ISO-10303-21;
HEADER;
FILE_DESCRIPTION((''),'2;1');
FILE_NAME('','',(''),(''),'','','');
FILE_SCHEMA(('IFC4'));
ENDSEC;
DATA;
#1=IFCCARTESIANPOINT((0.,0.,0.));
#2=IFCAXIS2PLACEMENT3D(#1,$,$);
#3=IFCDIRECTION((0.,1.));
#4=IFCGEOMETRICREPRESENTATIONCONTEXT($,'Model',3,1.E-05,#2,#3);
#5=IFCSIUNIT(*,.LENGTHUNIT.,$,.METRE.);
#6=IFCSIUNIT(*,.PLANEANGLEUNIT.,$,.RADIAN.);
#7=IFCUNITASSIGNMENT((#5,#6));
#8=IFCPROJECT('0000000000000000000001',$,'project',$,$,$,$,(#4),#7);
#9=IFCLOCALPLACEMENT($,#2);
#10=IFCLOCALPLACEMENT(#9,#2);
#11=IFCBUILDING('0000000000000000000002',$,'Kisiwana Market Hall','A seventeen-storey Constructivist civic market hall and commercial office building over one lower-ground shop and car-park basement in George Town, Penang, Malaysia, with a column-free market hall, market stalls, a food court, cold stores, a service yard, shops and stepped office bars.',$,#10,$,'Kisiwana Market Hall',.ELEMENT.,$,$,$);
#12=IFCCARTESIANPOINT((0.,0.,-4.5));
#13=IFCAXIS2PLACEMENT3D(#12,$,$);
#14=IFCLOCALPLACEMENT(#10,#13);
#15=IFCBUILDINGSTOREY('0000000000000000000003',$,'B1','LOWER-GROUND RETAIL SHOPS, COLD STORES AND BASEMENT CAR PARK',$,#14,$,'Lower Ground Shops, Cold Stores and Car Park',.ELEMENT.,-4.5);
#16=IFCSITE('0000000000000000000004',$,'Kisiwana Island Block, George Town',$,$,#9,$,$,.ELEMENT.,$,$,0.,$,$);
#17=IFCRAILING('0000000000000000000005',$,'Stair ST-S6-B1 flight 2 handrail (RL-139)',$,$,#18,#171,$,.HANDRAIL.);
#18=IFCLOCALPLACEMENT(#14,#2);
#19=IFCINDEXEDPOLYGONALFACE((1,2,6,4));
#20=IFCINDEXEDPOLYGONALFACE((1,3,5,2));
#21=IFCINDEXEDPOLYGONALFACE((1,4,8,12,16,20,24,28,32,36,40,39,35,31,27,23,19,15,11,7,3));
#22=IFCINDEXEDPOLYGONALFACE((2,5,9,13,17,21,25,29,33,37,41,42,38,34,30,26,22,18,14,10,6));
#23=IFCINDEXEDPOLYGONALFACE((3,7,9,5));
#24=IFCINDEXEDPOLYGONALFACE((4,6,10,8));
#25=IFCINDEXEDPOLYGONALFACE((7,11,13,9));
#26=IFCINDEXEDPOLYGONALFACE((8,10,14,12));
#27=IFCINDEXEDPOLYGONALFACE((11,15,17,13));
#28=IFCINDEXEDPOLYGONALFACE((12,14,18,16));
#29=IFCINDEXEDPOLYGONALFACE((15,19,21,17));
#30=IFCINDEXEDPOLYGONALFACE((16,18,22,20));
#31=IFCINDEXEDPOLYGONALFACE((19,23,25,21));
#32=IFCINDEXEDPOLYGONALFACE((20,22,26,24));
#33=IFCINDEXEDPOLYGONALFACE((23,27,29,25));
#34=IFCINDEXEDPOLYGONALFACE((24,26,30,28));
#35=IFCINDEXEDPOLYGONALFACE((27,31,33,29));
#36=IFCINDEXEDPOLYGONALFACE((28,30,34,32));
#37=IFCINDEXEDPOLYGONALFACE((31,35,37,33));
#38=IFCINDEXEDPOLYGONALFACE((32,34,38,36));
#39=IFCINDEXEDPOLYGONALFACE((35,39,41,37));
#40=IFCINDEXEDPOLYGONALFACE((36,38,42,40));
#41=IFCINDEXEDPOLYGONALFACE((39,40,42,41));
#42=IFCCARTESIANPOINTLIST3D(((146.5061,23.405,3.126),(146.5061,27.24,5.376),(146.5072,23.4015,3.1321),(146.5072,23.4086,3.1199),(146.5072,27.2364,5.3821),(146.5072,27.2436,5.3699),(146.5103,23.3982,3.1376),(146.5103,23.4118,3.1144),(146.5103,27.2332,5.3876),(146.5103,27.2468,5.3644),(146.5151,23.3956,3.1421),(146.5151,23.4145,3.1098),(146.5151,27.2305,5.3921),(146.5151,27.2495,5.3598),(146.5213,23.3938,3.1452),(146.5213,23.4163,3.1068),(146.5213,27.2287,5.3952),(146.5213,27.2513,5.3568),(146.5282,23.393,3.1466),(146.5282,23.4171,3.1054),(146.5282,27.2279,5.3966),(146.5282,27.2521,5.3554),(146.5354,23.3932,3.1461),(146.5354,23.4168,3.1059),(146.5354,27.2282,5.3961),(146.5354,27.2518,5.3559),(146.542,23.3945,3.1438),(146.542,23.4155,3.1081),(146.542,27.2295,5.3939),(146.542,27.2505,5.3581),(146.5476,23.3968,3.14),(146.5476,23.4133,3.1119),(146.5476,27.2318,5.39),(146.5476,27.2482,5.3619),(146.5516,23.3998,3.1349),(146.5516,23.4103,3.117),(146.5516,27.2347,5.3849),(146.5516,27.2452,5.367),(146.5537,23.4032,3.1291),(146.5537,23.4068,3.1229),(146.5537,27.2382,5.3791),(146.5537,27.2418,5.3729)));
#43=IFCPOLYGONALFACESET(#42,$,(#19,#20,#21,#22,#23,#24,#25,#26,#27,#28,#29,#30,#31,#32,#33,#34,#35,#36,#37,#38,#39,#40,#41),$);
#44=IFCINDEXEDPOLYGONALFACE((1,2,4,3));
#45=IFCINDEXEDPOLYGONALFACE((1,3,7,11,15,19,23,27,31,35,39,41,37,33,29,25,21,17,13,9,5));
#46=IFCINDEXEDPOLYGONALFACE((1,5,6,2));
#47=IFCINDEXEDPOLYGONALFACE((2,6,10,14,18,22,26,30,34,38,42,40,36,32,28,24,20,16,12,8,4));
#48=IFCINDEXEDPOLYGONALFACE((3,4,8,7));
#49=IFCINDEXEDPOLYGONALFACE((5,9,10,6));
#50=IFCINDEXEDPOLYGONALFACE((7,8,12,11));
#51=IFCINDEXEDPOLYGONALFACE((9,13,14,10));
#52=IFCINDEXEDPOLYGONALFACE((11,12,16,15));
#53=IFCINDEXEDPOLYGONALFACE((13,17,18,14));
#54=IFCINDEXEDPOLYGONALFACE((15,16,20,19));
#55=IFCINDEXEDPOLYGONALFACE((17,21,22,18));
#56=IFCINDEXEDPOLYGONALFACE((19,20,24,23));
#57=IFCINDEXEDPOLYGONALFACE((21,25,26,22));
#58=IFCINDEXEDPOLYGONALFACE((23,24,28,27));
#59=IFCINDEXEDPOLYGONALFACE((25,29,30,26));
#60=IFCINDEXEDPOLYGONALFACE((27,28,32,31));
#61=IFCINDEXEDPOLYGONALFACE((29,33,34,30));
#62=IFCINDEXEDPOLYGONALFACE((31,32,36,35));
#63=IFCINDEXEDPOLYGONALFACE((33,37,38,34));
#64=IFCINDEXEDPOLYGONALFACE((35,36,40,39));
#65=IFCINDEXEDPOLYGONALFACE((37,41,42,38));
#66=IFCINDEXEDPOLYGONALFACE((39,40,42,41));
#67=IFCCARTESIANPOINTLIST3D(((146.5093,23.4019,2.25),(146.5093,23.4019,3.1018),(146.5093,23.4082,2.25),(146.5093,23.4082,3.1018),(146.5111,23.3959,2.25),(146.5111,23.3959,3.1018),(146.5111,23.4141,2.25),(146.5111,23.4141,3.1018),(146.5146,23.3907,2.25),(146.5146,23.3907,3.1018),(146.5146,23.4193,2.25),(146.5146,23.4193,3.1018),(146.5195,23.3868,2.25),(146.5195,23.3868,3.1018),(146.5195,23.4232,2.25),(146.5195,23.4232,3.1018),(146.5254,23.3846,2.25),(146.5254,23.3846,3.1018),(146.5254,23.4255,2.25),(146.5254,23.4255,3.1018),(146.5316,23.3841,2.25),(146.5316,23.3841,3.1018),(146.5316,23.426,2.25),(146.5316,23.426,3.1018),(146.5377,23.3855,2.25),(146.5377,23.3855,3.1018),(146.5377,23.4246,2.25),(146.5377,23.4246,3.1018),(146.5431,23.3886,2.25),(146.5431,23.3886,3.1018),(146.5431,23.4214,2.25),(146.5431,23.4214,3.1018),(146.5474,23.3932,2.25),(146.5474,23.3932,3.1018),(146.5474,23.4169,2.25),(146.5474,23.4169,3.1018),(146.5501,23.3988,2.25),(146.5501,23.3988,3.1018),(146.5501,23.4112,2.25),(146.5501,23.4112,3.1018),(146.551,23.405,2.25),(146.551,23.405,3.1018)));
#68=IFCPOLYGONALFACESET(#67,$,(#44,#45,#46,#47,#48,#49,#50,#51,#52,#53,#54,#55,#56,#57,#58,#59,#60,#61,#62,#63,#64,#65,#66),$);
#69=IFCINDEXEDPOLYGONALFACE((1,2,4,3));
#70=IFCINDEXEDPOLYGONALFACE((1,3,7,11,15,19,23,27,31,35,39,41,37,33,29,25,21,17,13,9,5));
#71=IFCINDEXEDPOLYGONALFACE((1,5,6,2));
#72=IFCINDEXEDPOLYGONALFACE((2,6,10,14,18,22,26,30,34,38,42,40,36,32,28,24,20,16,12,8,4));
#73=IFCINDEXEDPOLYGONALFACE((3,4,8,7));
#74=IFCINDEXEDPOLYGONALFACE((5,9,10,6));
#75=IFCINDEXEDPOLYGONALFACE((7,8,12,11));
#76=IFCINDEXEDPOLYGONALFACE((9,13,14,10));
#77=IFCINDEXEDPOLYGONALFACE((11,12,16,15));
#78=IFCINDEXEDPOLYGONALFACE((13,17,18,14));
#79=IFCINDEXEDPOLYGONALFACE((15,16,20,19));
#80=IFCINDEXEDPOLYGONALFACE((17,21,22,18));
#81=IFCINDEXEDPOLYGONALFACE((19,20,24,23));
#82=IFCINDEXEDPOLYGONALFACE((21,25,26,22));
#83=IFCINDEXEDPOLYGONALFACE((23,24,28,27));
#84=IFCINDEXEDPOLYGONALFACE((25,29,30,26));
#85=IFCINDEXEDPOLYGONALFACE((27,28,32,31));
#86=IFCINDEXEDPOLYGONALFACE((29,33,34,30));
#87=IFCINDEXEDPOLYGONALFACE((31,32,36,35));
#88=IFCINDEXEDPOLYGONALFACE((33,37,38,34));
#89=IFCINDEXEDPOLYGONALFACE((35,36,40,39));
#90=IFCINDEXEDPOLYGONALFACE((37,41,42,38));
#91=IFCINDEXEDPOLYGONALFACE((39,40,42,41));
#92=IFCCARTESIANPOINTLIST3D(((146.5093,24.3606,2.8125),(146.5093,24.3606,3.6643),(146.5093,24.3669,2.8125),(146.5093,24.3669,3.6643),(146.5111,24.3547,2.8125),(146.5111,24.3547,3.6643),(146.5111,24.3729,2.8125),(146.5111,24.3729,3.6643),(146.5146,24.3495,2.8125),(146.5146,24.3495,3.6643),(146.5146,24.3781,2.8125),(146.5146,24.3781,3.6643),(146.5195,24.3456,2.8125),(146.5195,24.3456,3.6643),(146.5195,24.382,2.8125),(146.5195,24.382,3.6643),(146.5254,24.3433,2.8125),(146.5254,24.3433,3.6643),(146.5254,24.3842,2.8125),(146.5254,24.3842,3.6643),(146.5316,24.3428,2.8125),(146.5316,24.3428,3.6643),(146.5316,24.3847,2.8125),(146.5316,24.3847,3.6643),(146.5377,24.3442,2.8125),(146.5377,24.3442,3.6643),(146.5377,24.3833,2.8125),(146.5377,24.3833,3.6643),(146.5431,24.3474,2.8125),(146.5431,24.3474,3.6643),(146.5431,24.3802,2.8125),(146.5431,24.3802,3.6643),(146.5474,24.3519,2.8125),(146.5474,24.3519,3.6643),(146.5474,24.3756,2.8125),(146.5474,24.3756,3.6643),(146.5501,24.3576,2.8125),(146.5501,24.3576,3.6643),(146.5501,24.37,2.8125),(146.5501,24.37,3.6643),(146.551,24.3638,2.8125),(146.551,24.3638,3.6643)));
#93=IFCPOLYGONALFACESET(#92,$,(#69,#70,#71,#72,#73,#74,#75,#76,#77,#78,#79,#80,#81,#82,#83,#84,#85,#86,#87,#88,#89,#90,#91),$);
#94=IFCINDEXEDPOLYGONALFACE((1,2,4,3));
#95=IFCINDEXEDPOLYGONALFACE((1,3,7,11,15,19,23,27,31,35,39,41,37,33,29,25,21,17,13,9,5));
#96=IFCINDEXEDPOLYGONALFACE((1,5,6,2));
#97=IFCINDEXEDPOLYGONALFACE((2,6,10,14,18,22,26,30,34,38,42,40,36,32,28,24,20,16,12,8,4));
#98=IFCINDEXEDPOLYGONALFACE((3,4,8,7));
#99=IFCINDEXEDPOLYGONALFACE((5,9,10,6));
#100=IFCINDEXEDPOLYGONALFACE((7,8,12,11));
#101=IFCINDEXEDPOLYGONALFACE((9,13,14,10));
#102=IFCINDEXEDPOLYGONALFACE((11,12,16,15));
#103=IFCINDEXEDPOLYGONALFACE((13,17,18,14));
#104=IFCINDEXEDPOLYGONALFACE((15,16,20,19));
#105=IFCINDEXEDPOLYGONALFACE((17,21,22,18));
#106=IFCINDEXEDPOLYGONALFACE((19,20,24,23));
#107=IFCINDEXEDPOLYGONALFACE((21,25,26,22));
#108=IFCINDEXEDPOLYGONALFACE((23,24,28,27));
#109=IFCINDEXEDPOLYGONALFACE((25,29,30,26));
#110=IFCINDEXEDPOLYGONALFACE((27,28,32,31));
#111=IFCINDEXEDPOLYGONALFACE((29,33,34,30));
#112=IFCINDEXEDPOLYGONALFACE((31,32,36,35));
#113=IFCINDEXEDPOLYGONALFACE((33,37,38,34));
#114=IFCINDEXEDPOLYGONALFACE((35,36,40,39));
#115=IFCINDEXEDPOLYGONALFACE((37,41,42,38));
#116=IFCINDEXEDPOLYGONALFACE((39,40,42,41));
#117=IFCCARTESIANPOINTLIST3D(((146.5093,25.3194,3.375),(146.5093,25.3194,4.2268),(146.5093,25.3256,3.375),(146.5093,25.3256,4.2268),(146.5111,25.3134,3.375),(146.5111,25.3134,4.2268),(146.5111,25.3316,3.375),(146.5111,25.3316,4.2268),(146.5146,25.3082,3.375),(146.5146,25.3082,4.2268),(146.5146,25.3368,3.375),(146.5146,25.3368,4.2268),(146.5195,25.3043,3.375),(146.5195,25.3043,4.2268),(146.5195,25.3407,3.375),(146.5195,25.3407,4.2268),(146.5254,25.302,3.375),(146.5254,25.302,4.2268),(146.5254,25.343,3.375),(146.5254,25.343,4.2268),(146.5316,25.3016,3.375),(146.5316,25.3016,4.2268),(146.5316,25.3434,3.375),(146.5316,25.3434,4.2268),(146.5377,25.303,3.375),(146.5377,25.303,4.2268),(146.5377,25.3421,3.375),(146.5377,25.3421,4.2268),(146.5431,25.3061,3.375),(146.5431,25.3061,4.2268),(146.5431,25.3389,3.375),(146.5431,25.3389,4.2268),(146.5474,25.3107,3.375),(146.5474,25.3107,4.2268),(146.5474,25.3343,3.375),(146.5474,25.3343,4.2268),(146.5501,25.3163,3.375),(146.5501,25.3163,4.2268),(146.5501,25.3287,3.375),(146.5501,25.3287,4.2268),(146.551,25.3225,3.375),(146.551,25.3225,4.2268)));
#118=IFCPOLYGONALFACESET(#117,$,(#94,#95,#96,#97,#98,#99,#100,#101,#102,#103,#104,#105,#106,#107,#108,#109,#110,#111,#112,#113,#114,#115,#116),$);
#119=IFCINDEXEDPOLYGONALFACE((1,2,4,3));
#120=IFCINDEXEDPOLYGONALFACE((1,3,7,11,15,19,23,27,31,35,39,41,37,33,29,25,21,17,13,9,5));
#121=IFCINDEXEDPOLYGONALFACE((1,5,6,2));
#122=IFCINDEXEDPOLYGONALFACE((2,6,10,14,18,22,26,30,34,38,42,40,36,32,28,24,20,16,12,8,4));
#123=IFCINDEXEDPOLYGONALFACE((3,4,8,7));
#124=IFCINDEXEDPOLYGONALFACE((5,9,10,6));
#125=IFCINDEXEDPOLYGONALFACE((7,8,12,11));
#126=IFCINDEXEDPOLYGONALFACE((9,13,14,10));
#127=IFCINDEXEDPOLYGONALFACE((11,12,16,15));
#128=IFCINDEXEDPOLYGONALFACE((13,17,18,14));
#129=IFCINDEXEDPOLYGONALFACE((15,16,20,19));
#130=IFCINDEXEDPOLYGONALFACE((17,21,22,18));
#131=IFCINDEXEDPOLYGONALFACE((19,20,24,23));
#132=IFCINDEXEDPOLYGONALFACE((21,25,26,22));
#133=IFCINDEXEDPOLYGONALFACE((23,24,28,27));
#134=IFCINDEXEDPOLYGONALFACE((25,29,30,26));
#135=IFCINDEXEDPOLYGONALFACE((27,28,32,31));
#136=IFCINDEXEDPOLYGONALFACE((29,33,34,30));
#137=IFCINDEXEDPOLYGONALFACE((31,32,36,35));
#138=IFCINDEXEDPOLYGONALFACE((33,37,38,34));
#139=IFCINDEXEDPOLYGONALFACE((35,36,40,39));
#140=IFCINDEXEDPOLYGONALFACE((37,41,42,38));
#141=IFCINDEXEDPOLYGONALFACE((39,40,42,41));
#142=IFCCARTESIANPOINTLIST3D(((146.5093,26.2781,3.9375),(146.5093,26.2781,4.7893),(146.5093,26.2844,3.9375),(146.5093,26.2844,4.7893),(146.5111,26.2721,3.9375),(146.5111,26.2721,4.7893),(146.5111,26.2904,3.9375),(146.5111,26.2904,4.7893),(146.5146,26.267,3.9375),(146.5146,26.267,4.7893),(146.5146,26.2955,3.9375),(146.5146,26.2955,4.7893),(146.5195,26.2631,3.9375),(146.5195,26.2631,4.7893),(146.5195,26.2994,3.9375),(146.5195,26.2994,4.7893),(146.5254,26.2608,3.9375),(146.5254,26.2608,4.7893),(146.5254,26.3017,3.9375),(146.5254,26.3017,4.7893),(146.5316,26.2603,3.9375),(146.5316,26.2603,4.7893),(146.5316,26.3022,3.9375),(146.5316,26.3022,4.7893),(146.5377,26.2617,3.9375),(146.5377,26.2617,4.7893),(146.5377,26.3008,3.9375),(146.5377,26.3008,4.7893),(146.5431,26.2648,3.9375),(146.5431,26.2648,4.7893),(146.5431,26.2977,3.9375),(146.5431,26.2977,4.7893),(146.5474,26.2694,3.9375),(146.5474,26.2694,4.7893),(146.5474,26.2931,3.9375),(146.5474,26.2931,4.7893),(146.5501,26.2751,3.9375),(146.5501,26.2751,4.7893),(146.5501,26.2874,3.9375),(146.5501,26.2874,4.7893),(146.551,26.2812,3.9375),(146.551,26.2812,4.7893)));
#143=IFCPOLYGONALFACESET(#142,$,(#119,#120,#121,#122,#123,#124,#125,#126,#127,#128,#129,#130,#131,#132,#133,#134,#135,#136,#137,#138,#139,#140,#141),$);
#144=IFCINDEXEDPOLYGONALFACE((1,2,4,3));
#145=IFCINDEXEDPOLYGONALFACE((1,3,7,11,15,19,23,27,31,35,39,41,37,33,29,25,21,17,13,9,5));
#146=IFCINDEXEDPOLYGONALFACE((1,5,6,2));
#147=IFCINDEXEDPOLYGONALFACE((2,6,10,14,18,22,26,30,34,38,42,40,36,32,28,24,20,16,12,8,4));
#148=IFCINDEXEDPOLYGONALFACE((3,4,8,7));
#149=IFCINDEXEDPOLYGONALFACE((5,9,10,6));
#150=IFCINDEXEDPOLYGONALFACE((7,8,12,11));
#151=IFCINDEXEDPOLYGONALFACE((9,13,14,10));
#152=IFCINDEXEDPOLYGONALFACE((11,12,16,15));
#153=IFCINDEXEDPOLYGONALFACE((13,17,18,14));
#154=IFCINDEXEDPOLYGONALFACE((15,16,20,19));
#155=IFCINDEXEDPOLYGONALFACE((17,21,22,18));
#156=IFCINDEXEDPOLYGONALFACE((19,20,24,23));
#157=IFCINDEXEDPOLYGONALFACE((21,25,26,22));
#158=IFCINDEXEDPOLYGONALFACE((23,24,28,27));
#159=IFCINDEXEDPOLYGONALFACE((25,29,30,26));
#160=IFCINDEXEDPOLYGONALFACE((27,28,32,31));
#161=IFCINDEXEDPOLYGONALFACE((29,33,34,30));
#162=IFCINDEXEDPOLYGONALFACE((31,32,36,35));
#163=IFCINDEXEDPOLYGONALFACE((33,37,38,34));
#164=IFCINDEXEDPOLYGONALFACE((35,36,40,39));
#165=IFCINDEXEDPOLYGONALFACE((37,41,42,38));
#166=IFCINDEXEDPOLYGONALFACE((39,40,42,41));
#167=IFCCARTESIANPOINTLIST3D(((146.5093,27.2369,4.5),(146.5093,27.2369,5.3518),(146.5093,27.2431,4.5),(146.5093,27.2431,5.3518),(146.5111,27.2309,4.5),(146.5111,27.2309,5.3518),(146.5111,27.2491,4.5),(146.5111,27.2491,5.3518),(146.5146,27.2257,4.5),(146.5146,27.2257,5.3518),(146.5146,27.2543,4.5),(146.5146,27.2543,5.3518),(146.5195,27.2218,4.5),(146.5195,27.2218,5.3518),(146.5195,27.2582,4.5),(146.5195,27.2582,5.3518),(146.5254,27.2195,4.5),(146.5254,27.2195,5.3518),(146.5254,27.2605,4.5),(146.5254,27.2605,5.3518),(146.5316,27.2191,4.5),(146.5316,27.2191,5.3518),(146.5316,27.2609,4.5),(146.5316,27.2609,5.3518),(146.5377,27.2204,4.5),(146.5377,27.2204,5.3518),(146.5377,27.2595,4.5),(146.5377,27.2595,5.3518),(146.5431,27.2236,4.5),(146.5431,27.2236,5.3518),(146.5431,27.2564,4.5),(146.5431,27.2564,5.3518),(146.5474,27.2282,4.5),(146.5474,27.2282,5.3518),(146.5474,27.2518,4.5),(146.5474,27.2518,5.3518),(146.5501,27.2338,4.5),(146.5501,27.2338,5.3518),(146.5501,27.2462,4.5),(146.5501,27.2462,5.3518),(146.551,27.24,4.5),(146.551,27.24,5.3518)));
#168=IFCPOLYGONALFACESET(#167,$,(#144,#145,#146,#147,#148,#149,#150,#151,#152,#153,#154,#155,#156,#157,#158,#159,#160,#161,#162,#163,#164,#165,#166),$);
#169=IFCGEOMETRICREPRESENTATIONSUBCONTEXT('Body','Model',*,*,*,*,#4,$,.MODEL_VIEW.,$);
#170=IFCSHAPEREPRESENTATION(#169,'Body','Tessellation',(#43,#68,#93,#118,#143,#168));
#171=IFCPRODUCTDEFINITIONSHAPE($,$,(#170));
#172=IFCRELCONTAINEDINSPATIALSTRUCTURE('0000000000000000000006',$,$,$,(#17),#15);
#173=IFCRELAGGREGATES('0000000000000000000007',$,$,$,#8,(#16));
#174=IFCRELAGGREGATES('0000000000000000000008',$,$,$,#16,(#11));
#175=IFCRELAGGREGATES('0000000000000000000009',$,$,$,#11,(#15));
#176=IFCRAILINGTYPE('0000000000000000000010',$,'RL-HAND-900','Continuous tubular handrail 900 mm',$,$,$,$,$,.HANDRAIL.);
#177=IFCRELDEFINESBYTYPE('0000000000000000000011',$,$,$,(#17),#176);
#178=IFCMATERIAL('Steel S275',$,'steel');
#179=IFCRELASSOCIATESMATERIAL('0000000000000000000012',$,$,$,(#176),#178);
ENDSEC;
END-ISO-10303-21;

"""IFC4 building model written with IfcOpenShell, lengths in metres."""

from ifc_helpers import new_model, si_unit, direction, frame, origin, origin_2d, place, context, subcontext, project, spatial, circle, extrude, material, type_object, element, save


model = new_model("IFC4")

# Units and contexts
model_context = context("Model", 3, precision=1e-05, world=origin(), true_north=direction((0.0, 1.0)))
body_context = subcontext(model_context, "Body", "Model", "MODEL_VIEW")
ifc_project = project(units=[si_unit("LENGTHUNIT", "METRE"), si_unit("PLANEANGLEUNIT", "RADIAN")], contexts=[model_context])

# Site, building, storey
site_placement = place(None, origin())
site = spatial("IfcSite", under=ifc_project, at=site_placement, Name="Kisiwana Island Block, George Town", CompositionType="ELEMENT", RefElevation=0.0)
building_placement = place(site_placement, origin())
building = spatial("IfcBuilding", under=site, at=building_placement, Name="Kisiwana Market Hall", Description="A seventeen-storey Constructivist civic market hall and commercial office building over one lower-ground shop and car-park basement in George Town, Penang, Malaysia, with a column-free market hall, market stalls, a food court, cold stores, a service yard, shops and stepped office bars.", LongName="Kisiwana Market Hall", CompositionType="ELEMENT")
storey_placement = place(building_placement, frame((0.0, 0.0, -4.5)))
storey = spatial("IfcBuildingStorey", under=building, at=storey_placement, Name="B1", Description="LOWER-GROUND RETAIL SHOPS, COLD STORES AND BASEMENT CAR PARK", LongName="Lower Ground Shops, Cold Stores and Car Park", CompositionType="ELEMENT", Elevation=-4.5)

# Railing
ifc_material_1 = material(Name="Steel S275", Category="steel")
railing_type_1 = type_object("IfcRailingType", Name="RL-HAND-900", Description="Continuous tubular handrail 900 mm", PredefinedType="HANDRAIL", material=ifc_material_1)
railing_1_placement = place(storey_placement, frame((146.53, 23.405, 2.25)))
element("IfcRailing", 1, at=railing_1_placement, inside=storey, type_object=railing_type_1, Name="Stair ST-S6-B1 flight 2 handrail (RL-139)", PredefinedType="HANDRAIL", context=body_context, shape_type="SweptSolid", body=[
    extrude(circle(Radius=0.0239, at=origin_2d()), frame((0.0, 0.0, 0.876), z_axis=(0.0, 0.86251, 0.506041), x_axis=(-1.0, 0.0, 0.0)), (0.0, 0.0, 1.0), 4.4463),
    extrude(circle(Radius=0.021, at=origin_2d()), origin(), (0.0, 0.0, 1.0), 0.8518),
    extrude(circle(Radius=0.021, at=origin_2d()), frame((0.0, 0.9587, 0.5625)), (0.0, 0.0, 1.0), 0.8518),
    extrude(circle(Radius=0.021, at=origin_2d()), frame((0.0, 1.9175, 1.125)), (0.0, 0.0, 1.0), 0.8518),
    extrude(circle(Radius=0.021, at=origin_2d()), frame((0.0, 2.8762, 1.6875)), (0.0, 0.0, 1.0), 0.8518),
    extrude(circle(Radius=0.021, at=origin_2d()), frame((0.0, 3.835, 2.25)), (0.0, 0.0, 1.0), 0.8518),
])

save(model, "model.ifc")
